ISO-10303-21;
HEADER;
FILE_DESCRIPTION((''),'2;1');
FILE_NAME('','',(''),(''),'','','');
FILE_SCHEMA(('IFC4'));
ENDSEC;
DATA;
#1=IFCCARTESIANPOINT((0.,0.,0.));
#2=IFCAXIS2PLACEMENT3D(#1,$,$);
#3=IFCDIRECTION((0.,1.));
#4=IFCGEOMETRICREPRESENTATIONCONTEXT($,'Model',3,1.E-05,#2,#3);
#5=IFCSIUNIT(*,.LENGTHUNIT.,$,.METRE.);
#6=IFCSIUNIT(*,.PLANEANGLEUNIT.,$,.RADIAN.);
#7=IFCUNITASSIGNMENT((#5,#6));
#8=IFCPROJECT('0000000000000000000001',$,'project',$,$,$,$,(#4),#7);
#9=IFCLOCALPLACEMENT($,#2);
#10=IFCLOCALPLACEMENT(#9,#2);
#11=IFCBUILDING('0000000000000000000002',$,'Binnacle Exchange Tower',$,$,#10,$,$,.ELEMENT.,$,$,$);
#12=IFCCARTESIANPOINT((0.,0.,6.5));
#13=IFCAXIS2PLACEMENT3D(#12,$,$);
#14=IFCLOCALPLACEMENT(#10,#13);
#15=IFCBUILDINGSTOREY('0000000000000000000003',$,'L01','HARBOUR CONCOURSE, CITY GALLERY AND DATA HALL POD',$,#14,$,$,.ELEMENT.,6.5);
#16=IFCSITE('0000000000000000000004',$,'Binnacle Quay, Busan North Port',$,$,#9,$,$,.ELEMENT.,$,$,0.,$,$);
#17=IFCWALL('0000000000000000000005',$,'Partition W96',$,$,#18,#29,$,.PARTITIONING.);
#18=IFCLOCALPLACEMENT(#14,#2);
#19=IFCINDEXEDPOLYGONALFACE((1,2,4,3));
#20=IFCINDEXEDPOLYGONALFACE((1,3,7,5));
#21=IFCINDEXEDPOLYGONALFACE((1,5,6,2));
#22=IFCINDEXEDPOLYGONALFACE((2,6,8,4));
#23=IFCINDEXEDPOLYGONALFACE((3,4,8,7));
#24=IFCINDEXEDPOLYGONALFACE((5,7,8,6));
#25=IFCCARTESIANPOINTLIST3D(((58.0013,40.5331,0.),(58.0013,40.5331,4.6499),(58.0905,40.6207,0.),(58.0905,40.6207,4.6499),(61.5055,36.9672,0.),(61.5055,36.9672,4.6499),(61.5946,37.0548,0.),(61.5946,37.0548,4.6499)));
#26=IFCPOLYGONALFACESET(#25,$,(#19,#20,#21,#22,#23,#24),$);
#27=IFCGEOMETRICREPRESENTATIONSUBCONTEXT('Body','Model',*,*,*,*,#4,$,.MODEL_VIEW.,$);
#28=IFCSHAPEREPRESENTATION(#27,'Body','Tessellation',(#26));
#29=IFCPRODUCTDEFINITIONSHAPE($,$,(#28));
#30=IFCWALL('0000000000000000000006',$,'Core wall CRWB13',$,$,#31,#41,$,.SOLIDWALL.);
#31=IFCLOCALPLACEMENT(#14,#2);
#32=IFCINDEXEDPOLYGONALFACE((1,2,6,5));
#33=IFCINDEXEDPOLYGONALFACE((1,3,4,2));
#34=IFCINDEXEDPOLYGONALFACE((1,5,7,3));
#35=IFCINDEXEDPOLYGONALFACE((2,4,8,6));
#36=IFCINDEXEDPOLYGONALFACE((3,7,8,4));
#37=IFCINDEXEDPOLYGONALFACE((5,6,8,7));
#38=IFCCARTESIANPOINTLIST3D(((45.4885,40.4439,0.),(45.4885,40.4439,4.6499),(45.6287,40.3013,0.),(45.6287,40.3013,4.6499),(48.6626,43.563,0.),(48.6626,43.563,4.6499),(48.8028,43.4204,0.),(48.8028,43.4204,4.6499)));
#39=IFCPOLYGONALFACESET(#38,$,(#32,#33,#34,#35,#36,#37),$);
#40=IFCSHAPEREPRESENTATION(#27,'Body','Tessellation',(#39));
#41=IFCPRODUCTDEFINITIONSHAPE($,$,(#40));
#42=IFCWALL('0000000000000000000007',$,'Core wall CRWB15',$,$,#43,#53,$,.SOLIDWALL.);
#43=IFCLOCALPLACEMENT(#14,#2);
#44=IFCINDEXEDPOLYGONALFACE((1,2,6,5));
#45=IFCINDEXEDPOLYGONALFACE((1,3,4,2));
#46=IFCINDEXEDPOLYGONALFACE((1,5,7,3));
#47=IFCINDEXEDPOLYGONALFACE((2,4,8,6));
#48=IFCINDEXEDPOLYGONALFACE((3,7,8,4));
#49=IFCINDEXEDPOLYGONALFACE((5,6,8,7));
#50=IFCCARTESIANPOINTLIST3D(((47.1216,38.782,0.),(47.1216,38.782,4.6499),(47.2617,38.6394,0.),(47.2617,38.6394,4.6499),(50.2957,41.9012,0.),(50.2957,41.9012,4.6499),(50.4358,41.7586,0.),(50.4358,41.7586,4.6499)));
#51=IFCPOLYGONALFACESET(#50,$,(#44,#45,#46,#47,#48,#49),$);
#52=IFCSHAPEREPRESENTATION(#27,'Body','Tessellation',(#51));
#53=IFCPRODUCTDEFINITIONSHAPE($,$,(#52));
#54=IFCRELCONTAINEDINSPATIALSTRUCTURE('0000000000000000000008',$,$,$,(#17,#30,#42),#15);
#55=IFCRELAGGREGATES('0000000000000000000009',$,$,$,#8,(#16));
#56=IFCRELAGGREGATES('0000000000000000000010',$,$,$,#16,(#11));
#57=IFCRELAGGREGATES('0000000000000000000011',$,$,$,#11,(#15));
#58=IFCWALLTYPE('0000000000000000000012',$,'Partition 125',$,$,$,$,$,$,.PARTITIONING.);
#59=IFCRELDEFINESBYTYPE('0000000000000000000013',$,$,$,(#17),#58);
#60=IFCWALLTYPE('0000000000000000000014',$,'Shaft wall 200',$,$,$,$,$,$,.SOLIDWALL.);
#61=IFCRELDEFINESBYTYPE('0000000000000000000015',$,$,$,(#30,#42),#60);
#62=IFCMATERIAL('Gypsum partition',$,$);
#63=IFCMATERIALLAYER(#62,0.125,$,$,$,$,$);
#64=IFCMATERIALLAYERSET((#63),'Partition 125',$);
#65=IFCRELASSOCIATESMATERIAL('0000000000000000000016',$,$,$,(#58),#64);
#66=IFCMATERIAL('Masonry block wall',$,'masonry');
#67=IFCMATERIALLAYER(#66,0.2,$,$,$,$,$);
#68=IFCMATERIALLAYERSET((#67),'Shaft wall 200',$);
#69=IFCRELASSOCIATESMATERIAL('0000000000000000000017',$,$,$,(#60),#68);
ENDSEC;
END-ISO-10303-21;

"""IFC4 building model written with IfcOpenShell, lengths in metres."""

from ifc_helpers import new_model, si_unit, direction, frame, frame_2d, origin, place, context, subcontext, project, spatial, rectangle, extrude, material, layer, layer_set, type_object, element, save


model = new_model("IFC4")

# Units and contexts
model_context = context("Model", 3, precision=1e-05, world=origin(), true_north=direction((0.0, 1.0)))
body_context = subcontext(model_context, "Body", "Model", "MODEL_VIEW")
ifc_project = project(units=[si_unit("LENGTHUNIT", "METRE"), si_unit("PLANEANGLEUNIT", "RADIAN")], contexts=[model_context])

# Site, building, storey
site_placement = place(None, origin())
site = spatial("IfcSite", under=ifc_project, at=site_placement, Name="Binnacle Quay, Busan North Port", CompositionType="ELEMENT", RefElevation=0.0)
building_placement = place(site_placement, origin())
building = spatial("IfcBuilding", under=site, at=building_placement, Name="Binnacle Exchange Tower", CompositionType="ELEMENT")
storey_placement = place(building_placement, frame((0.0, 0.0, 6.5)))
storey = spatial("IfcBuildingStorey", under=building, at=storey_placement, Name="L01", Description="HARBOUR CONCOURSE, CITY GALLERY AND DATA HALL POD", CompositionType="ELEMENT", Elevation=6.5)

# Shared definitions
ifc_material_1 = material(Name="Masonry block wall", Category="masonry")

# Shared definitions
ifc_material_2 = material(Name="Gypsum partition")
ifc_layer_1 = layer(ifc_material_2, 0.125)
ifc_layer_set_1 = layer_set([ifc_layer_1], Name="Partition 125")
wall_type_1 = type_object("IfcWallType", Name="Partition 125", PredefinedType="PARTITIONING", material=ifc_layer_set_1)

# Walls
wall_1_placement = place(storey_placement, frame((58.0459, 40.5769, 0.0), z_axis=(0.0, 0.0, 1.0), x_axis=(0.700902, -0.713257, 0.0)))
element("IfcWall", 1, at=wall_1_placement, inside=storey, type_object=wall_type_1, Name="Partition W96", PredefinedType="PARTITIONING", context=body_context, shape_type="SweptSolid", body=[
    extrude(rectangle(XDim=4.9995, YDim=0.125, at=frame_2d((2.4998, 0.0))), origin(), (0.0, 0.0, 1.0), 4.6499),
])
ifc_layer_2 = layer(ifc_material_1, 0.2)
ifc_layer_set_2 = layer_set([ifc_layer_2], Name="Shaft wall 200")
wall_type_2 = type_object("IfcWallType", Name="Shaft wall 200", PredefinedType="SOLIDWALL", material=ifc_layer_set_2)
for number, where, z_axis, x_axis, name in (
    (2, (45.5586, 40.3726, 0.0), (0.0, 0.0, 1.0), (0.713252, 0.700908, 0.0), "Core wall CRWB13"),
    (3, (47.1917, 38.7107, 0.0), (0.0, 0.0, 1.0), (0.713252, 0.700908, 0.0), "Core wall CRWB15"),
):
    element("IfcWall", number, at=place(storey_placement, frame(where, z_axis=z_axis, x_axis=x_axis)), inside=storey, type_object=wall_type_2, Name=name, PredefinedType="SOLIDWALL", context=body_context, shape_type="SweptSolid", body=[
        extrude(rectangle(XDim=4.4502, YDim=0.2, at=frame_2d((2.2251, 0.0))), origin(), (0.0, 0.0, 1.0), 4.6499),
    ])

save(model, "model.ifc")
